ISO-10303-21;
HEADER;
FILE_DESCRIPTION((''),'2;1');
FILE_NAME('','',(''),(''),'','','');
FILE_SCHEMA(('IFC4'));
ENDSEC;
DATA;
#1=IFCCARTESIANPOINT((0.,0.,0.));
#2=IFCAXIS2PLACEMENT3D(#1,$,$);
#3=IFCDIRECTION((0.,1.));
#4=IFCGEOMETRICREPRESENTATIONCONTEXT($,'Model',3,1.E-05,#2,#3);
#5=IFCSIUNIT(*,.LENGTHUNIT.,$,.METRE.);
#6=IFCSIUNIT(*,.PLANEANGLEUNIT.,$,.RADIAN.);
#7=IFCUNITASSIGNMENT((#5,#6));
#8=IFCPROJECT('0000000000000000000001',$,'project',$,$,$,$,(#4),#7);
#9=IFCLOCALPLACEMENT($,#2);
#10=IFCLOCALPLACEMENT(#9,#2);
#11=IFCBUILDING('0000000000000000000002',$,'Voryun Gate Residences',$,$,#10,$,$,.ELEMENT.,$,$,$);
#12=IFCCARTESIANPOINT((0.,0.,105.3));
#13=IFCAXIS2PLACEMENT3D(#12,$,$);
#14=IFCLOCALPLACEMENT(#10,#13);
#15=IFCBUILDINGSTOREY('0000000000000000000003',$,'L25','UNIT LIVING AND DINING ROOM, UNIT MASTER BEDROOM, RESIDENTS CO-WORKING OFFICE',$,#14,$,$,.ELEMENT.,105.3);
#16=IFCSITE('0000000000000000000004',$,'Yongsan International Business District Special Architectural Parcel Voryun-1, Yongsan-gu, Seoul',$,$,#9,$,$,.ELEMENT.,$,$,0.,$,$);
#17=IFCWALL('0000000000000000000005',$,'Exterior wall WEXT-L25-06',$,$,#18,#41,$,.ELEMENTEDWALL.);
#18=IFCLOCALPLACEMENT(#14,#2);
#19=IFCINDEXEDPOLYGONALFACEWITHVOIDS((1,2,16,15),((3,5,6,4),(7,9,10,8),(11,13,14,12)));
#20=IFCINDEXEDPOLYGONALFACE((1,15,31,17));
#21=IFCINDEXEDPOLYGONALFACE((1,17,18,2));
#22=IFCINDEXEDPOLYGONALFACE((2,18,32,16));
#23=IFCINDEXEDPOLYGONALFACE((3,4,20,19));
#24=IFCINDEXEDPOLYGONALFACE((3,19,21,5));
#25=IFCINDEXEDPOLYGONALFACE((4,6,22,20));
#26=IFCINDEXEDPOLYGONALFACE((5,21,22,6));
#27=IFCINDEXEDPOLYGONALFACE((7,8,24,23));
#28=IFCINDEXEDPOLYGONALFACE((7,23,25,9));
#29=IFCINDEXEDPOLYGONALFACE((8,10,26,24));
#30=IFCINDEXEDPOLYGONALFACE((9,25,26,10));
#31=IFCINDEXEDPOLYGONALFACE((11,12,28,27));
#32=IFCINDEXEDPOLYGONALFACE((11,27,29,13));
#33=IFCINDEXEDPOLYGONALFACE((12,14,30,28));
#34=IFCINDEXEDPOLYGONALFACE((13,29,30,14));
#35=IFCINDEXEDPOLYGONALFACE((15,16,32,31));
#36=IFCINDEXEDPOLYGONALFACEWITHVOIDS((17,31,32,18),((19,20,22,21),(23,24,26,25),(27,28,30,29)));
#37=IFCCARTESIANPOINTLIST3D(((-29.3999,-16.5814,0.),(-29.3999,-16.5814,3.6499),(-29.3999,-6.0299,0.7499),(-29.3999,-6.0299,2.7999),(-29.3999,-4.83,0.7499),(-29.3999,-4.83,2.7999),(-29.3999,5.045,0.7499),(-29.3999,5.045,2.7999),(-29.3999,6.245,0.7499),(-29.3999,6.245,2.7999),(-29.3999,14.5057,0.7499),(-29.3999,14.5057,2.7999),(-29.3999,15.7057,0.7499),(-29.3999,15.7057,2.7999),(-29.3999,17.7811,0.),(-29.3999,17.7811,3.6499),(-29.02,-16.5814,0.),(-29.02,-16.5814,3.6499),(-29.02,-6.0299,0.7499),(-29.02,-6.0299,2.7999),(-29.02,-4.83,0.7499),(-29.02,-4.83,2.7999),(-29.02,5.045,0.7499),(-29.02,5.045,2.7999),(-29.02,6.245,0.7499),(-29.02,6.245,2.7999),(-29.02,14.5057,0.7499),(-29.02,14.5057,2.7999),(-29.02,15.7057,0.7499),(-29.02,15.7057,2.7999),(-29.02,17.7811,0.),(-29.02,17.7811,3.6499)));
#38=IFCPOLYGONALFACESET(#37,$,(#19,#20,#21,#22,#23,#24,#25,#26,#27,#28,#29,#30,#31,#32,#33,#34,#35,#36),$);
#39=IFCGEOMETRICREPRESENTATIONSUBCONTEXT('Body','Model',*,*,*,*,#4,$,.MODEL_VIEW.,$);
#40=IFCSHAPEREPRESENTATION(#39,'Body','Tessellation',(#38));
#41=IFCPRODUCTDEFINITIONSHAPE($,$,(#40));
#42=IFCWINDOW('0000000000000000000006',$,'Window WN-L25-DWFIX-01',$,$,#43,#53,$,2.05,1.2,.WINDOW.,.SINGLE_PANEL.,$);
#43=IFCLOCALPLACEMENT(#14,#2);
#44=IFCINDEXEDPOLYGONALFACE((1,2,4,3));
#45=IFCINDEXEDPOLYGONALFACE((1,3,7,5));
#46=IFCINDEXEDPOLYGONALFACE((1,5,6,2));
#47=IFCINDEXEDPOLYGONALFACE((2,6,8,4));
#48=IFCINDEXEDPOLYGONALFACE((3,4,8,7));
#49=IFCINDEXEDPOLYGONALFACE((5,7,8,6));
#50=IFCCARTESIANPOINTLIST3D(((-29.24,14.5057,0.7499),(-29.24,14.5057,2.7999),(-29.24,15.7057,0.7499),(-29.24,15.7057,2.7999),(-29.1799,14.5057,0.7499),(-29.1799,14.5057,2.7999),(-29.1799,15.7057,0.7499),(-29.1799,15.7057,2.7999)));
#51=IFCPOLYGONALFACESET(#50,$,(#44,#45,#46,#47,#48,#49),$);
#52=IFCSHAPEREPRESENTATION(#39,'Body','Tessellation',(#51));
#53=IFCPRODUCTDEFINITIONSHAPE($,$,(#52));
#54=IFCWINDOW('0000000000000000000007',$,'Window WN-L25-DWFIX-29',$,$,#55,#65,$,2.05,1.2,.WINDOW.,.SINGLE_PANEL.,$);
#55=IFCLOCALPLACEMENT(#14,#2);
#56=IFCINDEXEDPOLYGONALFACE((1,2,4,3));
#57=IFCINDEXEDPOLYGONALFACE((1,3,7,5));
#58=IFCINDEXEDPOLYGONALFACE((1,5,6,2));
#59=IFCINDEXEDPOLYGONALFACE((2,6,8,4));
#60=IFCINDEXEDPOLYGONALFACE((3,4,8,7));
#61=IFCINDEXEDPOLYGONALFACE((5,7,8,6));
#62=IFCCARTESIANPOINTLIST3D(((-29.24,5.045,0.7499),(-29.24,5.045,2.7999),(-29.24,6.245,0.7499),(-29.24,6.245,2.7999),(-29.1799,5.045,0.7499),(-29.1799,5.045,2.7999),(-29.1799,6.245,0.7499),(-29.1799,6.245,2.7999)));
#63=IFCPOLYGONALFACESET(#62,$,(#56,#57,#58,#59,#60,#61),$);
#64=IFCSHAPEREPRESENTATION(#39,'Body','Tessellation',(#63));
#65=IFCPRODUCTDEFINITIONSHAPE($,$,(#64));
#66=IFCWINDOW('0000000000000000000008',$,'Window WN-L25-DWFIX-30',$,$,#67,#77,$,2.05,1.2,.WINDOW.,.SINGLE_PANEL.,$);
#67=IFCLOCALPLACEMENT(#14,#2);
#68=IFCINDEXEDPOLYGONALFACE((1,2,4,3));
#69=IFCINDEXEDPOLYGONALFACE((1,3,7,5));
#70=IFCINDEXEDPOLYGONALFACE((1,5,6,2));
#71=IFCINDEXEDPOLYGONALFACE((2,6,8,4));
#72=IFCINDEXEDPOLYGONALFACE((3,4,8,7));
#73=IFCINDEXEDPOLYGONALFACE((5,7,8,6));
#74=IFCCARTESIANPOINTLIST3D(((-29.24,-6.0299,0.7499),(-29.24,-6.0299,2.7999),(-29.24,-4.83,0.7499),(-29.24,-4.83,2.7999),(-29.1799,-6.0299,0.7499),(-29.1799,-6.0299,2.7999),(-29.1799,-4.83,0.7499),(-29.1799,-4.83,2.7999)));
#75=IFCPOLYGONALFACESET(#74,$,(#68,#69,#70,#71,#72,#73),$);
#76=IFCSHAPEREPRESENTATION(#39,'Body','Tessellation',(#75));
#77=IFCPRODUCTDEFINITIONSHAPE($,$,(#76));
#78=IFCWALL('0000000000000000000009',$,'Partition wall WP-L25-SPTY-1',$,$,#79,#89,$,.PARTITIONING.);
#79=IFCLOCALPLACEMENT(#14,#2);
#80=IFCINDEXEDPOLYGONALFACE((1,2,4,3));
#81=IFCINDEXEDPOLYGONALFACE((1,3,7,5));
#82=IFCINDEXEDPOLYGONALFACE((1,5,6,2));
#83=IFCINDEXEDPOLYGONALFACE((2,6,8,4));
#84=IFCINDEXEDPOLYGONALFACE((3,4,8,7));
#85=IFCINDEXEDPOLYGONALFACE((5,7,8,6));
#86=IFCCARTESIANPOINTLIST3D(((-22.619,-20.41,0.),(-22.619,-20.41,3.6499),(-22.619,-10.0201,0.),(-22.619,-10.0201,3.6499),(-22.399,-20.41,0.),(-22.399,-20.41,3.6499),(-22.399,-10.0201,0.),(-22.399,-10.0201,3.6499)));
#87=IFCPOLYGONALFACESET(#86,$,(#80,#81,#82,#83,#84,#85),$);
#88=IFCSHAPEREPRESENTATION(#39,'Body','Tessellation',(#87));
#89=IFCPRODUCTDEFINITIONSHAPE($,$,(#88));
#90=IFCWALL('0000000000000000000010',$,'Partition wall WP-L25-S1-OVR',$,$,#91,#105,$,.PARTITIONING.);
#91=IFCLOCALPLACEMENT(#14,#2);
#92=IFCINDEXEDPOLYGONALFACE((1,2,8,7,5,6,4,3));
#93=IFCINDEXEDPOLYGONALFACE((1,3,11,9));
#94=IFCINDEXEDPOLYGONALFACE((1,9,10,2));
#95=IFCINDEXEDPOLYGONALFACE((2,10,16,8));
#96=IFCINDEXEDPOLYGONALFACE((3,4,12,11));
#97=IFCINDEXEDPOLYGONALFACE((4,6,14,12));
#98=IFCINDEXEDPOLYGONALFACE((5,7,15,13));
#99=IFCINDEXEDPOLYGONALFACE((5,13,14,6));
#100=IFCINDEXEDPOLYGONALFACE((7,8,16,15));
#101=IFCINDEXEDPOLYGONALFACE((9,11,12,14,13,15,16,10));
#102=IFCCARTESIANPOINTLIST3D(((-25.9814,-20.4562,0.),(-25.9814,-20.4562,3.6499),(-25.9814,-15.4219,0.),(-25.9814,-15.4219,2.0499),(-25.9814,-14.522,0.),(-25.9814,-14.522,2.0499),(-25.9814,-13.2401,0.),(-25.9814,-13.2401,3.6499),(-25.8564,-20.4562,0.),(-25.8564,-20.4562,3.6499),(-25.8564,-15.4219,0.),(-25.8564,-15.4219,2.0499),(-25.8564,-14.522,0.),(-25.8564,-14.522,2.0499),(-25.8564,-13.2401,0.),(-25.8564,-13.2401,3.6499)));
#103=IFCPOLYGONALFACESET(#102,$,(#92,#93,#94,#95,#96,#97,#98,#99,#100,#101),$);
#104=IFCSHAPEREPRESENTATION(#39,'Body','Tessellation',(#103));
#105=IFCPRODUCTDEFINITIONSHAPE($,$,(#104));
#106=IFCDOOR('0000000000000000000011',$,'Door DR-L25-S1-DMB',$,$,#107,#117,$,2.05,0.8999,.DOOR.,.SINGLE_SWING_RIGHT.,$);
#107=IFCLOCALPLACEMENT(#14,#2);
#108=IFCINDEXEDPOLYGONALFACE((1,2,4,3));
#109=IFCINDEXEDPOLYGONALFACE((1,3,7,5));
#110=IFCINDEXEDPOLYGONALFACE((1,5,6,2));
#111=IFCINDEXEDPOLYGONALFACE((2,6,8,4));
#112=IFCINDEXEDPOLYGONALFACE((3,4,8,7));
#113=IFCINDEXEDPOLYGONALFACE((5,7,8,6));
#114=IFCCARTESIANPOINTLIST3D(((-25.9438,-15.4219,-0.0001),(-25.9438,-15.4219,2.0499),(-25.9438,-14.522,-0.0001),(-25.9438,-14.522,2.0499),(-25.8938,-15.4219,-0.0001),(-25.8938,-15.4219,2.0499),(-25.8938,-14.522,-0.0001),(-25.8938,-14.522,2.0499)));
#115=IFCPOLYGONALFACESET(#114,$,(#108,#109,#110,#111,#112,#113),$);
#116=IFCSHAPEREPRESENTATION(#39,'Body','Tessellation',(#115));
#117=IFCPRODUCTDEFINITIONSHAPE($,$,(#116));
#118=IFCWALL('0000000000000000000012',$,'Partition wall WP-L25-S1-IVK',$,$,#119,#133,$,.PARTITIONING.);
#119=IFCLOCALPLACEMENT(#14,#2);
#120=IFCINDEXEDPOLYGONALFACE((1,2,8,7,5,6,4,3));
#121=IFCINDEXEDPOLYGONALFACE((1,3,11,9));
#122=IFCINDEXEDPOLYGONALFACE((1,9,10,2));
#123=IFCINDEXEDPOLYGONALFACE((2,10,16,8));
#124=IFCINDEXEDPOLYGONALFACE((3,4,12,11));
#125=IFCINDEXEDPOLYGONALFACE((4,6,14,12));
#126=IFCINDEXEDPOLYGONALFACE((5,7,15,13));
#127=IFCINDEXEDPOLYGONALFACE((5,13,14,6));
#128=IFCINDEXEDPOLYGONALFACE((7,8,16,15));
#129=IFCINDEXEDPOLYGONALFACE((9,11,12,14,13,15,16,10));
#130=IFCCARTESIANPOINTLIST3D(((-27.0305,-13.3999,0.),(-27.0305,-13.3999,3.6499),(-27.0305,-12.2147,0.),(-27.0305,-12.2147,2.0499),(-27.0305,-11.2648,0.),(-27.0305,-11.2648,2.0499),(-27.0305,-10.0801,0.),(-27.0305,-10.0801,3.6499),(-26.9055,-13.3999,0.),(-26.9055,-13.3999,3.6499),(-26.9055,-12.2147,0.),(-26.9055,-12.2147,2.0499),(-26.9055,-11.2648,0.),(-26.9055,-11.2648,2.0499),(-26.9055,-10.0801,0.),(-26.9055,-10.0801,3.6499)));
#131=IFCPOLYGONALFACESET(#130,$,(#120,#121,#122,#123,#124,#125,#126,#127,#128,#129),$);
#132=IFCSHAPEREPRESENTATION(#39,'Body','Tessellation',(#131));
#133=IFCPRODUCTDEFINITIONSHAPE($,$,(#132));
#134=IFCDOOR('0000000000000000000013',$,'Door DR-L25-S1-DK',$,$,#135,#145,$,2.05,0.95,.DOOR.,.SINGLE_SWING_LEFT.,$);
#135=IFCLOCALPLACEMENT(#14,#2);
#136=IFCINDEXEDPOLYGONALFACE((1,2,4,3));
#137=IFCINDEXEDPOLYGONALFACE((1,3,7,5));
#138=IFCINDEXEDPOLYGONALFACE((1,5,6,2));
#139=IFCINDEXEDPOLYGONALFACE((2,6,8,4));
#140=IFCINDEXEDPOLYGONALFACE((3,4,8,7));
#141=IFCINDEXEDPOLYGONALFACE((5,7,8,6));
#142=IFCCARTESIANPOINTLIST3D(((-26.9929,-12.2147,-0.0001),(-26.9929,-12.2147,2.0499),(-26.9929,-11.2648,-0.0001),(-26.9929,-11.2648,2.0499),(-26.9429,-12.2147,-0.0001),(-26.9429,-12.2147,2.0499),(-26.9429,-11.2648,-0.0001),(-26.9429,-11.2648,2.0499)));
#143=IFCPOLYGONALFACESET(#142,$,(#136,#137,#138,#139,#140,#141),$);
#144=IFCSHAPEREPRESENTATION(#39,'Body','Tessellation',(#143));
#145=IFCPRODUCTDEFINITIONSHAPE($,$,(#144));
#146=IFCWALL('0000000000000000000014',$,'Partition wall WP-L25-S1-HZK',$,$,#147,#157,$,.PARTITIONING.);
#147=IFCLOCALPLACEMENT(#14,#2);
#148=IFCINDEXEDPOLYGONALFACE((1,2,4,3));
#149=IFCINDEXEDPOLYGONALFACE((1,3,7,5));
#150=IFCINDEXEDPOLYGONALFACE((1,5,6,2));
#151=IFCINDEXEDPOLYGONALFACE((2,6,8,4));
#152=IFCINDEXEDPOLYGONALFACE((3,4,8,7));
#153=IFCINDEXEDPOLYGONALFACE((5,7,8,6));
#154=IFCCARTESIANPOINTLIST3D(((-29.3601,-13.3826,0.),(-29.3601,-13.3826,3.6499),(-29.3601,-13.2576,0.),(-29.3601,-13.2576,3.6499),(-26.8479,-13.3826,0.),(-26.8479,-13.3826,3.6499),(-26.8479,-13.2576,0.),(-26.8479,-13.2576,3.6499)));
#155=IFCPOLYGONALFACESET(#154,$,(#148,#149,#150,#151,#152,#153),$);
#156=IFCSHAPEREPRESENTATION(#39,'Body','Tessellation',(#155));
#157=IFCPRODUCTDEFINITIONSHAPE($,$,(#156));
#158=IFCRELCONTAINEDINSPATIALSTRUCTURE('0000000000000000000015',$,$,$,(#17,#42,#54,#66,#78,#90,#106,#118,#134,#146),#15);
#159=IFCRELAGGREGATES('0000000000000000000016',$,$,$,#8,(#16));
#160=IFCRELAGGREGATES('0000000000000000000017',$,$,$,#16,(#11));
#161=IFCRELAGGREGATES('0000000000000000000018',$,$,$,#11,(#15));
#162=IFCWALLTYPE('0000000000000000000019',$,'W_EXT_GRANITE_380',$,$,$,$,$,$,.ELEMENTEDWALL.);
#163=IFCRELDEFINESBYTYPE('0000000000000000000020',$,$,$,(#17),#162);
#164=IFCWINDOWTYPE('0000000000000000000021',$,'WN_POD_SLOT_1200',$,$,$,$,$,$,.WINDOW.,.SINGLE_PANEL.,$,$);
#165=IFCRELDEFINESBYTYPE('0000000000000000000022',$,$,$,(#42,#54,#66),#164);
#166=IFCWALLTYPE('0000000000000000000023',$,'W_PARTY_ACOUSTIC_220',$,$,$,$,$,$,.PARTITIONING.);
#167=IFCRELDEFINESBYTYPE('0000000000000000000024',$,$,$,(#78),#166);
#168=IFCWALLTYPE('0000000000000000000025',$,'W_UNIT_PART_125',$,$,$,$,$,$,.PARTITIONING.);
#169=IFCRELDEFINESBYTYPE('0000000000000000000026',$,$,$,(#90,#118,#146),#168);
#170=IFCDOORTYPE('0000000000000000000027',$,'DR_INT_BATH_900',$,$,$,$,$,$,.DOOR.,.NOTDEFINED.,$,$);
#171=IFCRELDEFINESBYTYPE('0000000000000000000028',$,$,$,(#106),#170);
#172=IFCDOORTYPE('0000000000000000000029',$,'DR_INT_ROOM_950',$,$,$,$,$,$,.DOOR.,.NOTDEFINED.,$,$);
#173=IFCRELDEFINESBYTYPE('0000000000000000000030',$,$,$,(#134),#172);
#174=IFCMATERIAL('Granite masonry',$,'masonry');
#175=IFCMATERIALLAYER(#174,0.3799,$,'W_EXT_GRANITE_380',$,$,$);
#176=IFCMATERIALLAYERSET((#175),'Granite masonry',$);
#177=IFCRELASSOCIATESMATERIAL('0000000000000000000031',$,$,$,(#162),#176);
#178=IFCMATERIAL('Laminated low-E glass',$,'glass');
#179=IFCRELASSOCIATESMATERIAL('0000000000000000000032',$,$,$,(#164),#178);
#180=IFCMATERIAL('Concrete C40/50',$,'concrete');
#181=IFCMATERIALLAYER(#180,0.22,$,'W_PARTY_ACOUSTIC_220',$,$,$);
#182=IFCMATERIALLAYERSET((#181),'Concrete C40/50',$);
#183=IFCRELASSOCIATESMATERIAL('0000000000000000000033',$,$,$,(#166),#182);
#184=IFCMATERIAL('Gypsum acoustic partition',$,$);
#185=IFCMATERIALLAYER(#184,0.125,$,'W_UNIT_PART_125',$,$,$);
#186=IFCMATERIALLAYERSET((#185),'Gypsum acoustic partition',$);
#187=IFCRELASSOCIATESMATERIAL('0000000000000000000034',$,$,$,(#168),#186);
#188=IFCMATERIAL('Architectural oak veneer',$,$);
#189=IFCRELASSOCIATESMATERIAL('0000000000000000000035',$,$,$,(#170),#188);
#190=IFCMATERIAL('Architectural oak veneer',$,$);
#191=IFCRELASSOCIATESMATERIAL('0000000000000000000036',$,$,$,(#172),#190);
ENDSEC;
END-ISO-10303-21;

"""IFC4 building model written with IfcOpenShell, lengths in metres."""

from ifc_helpers import new_model, si_unit, direction, frame, frame_2d, origin, place, context, subcontext, project, spatial, rectangle, extrude, material, layer, layer_set, type_object, element, fill, save


model = new_model("IFC4")

# Units and contexts
model_context = context("Model", 3, precision=1e-05, world=origin(), true_north=direction((0.0, 1.0)))
body_context = subcontext(model_context, "Body", "Model", "MODEL_VIEW")
ifc_project = project(units=[si_unit("LENGTHUNIT", "METRE"), si_unit("PLANEANGLEUNIT", "RADIAN")], contexts=[model_context])

# Site, building, storey
site_placement = place(None, origin())
site = spatial("IfcSite", under=ifc_project, at=site_placement, Name="Yongsan International Business District Special Architectural Parcel Voryun-1, Yongsan-gu, Seoul", CompositionType="ELEMENT", RefElevation=0.0)
building_placement = place(site_placement, origin())
building = spatial("IfcBuilding", under=site, at=building_placement, Name="Voryun Gate Residences", CompositionType="ELEMENT")
storey_placement = place(building_placement, frame((0.0, 0.0, 105.3)))
storey = spatial("IfcBuildingStorey", under=building, at=storey_placement, Name="L25", Description="UNIT LIVING AND DINING ROOM, UNIT MASTER BEDROOM, RESIDENTS CO-WORKING OFFICE", CompositionType="ELEMENT", Elevation=105.3)

# Shared definitions
ifc_material_1 = material(Name="Granite masonry", Category="masonry")
ifc_layer_1 = layer(ifc_material_1, 0.3799, Name="W_EXT_GRANITE_380")
ifc_layer_set_1 = layer_set([ifc_layer_1], Name="Granite masonry")
wall_type_1 = type_object("IfcWallType", Name="W_EXT_GRANITE_380", PredefinedType="ELEMENTEDWALL", material=ifc_layer_set_1)

# Shared definitions
ifc_material_2 = material(Name="Laminated low-E glass", Category="glass")
window_type = type_object("IfcWindowType", Name="WN_POD_SLOT_1200", PartitioningType="SINGLE_PANEL", PredefinedType="WINDOW", material=ifc_material_2)

# Wall, openings, windows
wall_1_placement = place(storey_placement, frame((-29.21, -16.5813, 0.0), z_axis=(0.0, 0.0, 1.0), x_axis=(0.0, 1.0, 0.0)))
wall_1 = element("IfcWall", 1, at=wall_1_placement, inside=storey, type_object=wall_type_1, Name="Exterior wall WEXT-L25-06", PredefinedType="ELEMENTEDWALL", context=body_context, shape_type="SweptSolid", body=[
    extrude(rectangle(XDim=34.3625, YDim=0.3799, at=frame_2d((17.1812, 0.0))), origin(), (0.0, 0.0, 1.0), 3.6499),
])
opening_1_placement = place(wall_1_placement, frame((31.0869, 0.0, 0.75)))
opening_1 = element("IfcOpeningElement", 2, at=opening_1_placement, cuts=wall_1, PredefinedType="OPENING", context=body_context, shape_type="SweptSolid", body=[
    extrude(rectangle(XDim=1.2, YDim=2.05, at=frame_2d((0.6001, 1.0249))), frame((0.0, 0.2, 0.0), z_axis=(0.0, -1.0, 0.0), x_axis=(1.0, 0.0, 0.0)), (0.0, 0.0, 1.0), 0.3999),
])
opening_2_placement = place(wall_1_placement, frame((21.6262, 0.0, 0.75)))
opening_2 = element("IfcOpeningElement", 3, at=opening_2_placement, cuts=wall_1, PredefinedType="OPENING", context=body_context, shape_type="SweptSolid", body=[
    extrude(rectangle(XDim=1.2, YDim=2.05, at=frame_2d((0.6001, 1.0249))), frame((0.0, 0.2, 0.0), z_axis=(0.0, -1.0, 0.0), x_axis=(1.0, 0.0, 0.0)), (0.0, 0.0, 1.0), 0.3999),
])
opening_3_placement = place(wall_1_placement, frame((10.5513, 0.0, 0.75)))
opening_3 = element("IfcOpeningElement", 4, at=opening_3_placement, cuts=wall_1, PredefinedType="OPENING", context=body_context, shape_type="SweptSolid", body=[
    extrude(rectangle(XDim=1.2, YDim=2.05, at=frame_2d((0.6001, 1.0249))), frame((0.0, 0.2, 0.0), z_axis=(0.0, -1.0, 0.0), x_axis=(1.0, 0.0, 0.0)), (0.0, 0.0, 1.0), 0.3999),
])
window_1_placement = place(opening_1_placement, origin())
window_1 = element("IfcWindow", 5, at=window_1_placement, inside=storey, type_object=window_type, Name="Window WN-L25-DWFIX-01", OverallHeight=2.05, OverallWidth=1.2, PartitioningType="SINGLE_PANEL", PredefinedType="WINDOW", context=body_context, shape_type="SweptSolid", body=[
    extrude(rectangle(XDim=1.2, YDim=2.05, at=frame_2d((0.6001, 1.0249))), frame((0.0, 0.03, 0.0), z_axis=(0.0, -1.0, 0.0), x_axis=(1.0, 0.0, 0.0)), (0.0, 0.0, 1.0), 0.0601),
])
fill(opening_1, window_1)
window_2_placement = place(opening_2_placement, origin())
window_2 = element("IfcWindow", 6, at=window_2_placement, inside=storey, type_object=window_type, Name="Window WN-L25-DWFIX-29", OverallHeight=2.05, OverallWidth=1.2, PartitioningType="SINGLE_PANEL", PredefinedType="WINDOW", context=body_context, shape_type="SweptSolid", body=[
    extrude(rectangle(XDim=1.2, YDim=2.05, at=frame_2d((0.6001, 1.0249))), frame((0.0, 0.03, 0.0), z_axis=(0.0, -1.0, 0.0), x_axis=(1.0, 0.0, 0.0)), (0.0, 0.0, 1.0), 0.0601),
])
fill(opening_2, window_2)
window_3_placement = place(opening_3_placement, origin())
window_3 = element("IfcWindow", 7, at=window_3_placement, inside=storey, type_object=window_type, Name="Window WN-L25-DWFIX-30", OverallHeight=2.05, OverallWidth=1.2, PartitioningType="SINGLE_PANEL", PredefinedType="WINDOW", context=body_context, shape_type="SweptSolid", body=[
    extrude(rectangle(XDim=1.2, YDim=2.05, at=frame_2d((0.6001, 1.0249))), frame((0.0, 0.03, 0.0), z_axis=(0.0, -1.0, 0.0), x_axis=(1.0, 0.0, 0.0)), (0.0, 0.0, 1.0), 0.0601),
])
fill(opening_3, window_3)

# Wall
ifc_material_3 = material(Name="Concrete C40/50", Category="concrete")
ifc_layer_2 = layer(ifc_material_3, 0.22, Name="W_PARTY_ACOUSTIC_220")
ifc_layer_set_2 = layer_set([ifc_layer_2], Name="Concrete C40/50")
wall_type_2 = type_object("IfcWallType", Name="W_PARTY_ACOUSTIC_220", PredefinedType="PARTITIONING", material=ifc_layer_set_2)
wall_2_placement = place(storey_placement, frame((-22.509, -20.4099, 0.0), z_axis=(0.0, 0.0, 1.0), x_axis=(0.0, 1.0, 0.0)))
element("IfcWall", 8, at=wall_2_placement, inside=storey, type_object=wall_type_2, Name="Partition wall WP-L25-SPTY-1", PredefinedType="PARTITIONING", context=body_context, shape_type="SweptSolid", body=[
    extrude(rectangle(XDim=10.3899, YDim=0.22, at=frame_2d((5.1948, 0.0))), origin(), (0.0, 0.0, 1.0), 3.6499),
])

# Walls, openings, doors
ifc_material_4 = material(Name="Gypsum acoustic partition")
ifc_layer_3 = layer(ifc_material_4, 0.125, Name="W_UNIT_PART_125")
ifc_layer_set_3 = layer_set([ifc_layer_3], Name="Gypsum acoustic partition")
wall_type_3 = type_object("IfcWallType", Name="W_UNIT_PART_125", PredefinedType="PARTITIONING", material=ifc_layer_set_3)
wall_3_placement = place(storey_placement, frame((-25.9189, -20.4561, 0.0), z_axis=(0.0, 0.0, 1.0), x_axis=(0.0, 1.0, 0.0)))
wall_3 = element("IfcWall", 9, at=wall_3_placement, inside=storey, type_object=wall_type_3, Name="Partition wall WP-L25-S1-OVR", PredefinedType="PARTITIONING", context=body_context, shape_type="SweptSolid", body=[
    extrude(rectangle(XDim=7.2161, YDim=0.125, at=frame_2d((3.6079, 0.0))), origin(), (0.0, 0.0, 1.0), 3.6499),
])
opening_4_placement = place(wall_3_placement, frame((5.0342, 0.0, 0.0)))
opening_4 = element("IfcOpeningElement", 10, at=opening_4_placement, cuts=wall_3, PredefinedType="OPENING", context=body_context, shape_type="SweptSolid", body=[
    extrude(rectangle(XDim=0.8999, YDim=2.05, at=frame_2d((0.45, 1.0249))), frame((0.0, 0.0725, 0.0), z_axis=(0.0, -1.0, 0.0), x_axis=(1.0, 0.0, 0.0)), (0.0, 0.0, 1.0), 0.145),
])
ifc_material_5 = material(Name="Architectural oak veneer")
door_type_1 = type_object("IfcDoorType", Name="DR_INT_BATH_900", OperationType="NOTDEFINED", PredefinedType="DOOR", material=ifc_material_5)
door_1_placement = place(opening_4_placement, origin())
door_1 = element("IfcDoor", 11, at=door_1_placement, inside=storey, type_object=door_type_1, Name="Door DR-L25-S1-DMB", OperationType="SINGLE_SWING_RIGHT", OverallHeight=2.05, OverallWidth=0.8999, PredefinedType="DOOR", context=body_context, shape_type="SweptSolid", body=[
    extrude(rectangle(XDim=0.8999, YDim=2.05, at=frame_2d((0.45, 1.0249))), frame((0.0, 0.0249, 0.0), z_axis=(0.0, -1.0, 0.0), x_axis=(1.0, 0.0, 0.0)), (0.0, 0.0, 1.0), 0.05),
])
fill(opening_4, door_1)
wall_4_placement = place(storey_placement, frame((-26.968, -13.3999, 0.0), z_axis=(0.0, 0.0, 1.0), x_axis=(0.0, 1.0, 0.0)))
wall_4 = element("IfcWall", 12, at=wall_4_placement, inside=storey, type_object=wall_type_3, Name="Partition wall WP-L25-S1-IVK", PredefinedType="PARTITIONING", context=body_context, shape_type="SweptSolid", body=[
    extrude(rectangle(XDim=3.3198, YDim=0.125, at=frame_2d((1.6599, 0.0))), origin(), (0.0, 0.0, 1.0), 3.6499),
])
opening_5_placement = place(wall_4_placement, frame((1.1851, 0.0, 0.0)))
opening_5 = element("IfcOpeningElement", 13, at=opening_5_placement, cuts=wall_4, PredefinedType="OPENING", context=body_context, shape_type="SweptSolid", body=[
    extrude(rectangle(XDim=0.95, YDim=2.05, at=frame_2d((0.4751, 1.0249))), frame((0.0, 0.0725, 0.0), z_axis=(0.0, -1.0, 0.0), x_axis=(1.0, 0.0, 0.0)), (0.0, 0.0, 1.0), 0.145),
])
ifc_material_6 = material(Name="Architectural oak veneer")
door_type_2 = type_object("IfcDoorType", Name="DR_INT_ROOM_950", OperationType="NOTDEFINED", PredefinedType="DOOR", material=ifc_material_6)
door_2_placement = place(opening_5_placement, origin())
door_2 = element("IfcDoor", 14, at=door_2_placement, inside=storey, type_object=door_type_2, Name="Door DR-L25-S1-DK", OperationType="SINGLE_SWING_LEFT", OverallHeight=2.05, OverallWidth=0.95, PredefinedType="DOOR", context=body_context, shape_type="SweptSolid", body=[
    extrude(rectangle(XDim=0.95, YDim=2.05, at=frame_2d((0.4751, 1.0249))), frame((0.0, 0.0249, 0.0), z_axis=(0.0, -1.0, 0.0), x_axis=(1.0, 0.0, 0.0)), (0.0, 0.0, 1.0), 0.05),
])
fill(opening_5, door_2)

# Wall
wall_5_placement = place(storey_placement, frame((-29.3601, -13.3201, 0.0), z_axis=(0.0, 0.0, 1.0), x_axis=(1.0, 0.0, 0.0)))
element("IfcWall", 15, at=wall_5_placement, inside=storey, type_object=wall_type_3, Name="Partition wall WP-L25-S1-HZK", PredefinedType="PARTITIONING", context=body_context, shape_type="SweptSolid", body=[
    extrude(rectangle(XDim=2.5122, YDim=0.125, at=frame_2d((1.2561, 0.0))), origin(), (0.0, 0.0, 1.0), 3.6499),
])

save(model, "model.ifc")
